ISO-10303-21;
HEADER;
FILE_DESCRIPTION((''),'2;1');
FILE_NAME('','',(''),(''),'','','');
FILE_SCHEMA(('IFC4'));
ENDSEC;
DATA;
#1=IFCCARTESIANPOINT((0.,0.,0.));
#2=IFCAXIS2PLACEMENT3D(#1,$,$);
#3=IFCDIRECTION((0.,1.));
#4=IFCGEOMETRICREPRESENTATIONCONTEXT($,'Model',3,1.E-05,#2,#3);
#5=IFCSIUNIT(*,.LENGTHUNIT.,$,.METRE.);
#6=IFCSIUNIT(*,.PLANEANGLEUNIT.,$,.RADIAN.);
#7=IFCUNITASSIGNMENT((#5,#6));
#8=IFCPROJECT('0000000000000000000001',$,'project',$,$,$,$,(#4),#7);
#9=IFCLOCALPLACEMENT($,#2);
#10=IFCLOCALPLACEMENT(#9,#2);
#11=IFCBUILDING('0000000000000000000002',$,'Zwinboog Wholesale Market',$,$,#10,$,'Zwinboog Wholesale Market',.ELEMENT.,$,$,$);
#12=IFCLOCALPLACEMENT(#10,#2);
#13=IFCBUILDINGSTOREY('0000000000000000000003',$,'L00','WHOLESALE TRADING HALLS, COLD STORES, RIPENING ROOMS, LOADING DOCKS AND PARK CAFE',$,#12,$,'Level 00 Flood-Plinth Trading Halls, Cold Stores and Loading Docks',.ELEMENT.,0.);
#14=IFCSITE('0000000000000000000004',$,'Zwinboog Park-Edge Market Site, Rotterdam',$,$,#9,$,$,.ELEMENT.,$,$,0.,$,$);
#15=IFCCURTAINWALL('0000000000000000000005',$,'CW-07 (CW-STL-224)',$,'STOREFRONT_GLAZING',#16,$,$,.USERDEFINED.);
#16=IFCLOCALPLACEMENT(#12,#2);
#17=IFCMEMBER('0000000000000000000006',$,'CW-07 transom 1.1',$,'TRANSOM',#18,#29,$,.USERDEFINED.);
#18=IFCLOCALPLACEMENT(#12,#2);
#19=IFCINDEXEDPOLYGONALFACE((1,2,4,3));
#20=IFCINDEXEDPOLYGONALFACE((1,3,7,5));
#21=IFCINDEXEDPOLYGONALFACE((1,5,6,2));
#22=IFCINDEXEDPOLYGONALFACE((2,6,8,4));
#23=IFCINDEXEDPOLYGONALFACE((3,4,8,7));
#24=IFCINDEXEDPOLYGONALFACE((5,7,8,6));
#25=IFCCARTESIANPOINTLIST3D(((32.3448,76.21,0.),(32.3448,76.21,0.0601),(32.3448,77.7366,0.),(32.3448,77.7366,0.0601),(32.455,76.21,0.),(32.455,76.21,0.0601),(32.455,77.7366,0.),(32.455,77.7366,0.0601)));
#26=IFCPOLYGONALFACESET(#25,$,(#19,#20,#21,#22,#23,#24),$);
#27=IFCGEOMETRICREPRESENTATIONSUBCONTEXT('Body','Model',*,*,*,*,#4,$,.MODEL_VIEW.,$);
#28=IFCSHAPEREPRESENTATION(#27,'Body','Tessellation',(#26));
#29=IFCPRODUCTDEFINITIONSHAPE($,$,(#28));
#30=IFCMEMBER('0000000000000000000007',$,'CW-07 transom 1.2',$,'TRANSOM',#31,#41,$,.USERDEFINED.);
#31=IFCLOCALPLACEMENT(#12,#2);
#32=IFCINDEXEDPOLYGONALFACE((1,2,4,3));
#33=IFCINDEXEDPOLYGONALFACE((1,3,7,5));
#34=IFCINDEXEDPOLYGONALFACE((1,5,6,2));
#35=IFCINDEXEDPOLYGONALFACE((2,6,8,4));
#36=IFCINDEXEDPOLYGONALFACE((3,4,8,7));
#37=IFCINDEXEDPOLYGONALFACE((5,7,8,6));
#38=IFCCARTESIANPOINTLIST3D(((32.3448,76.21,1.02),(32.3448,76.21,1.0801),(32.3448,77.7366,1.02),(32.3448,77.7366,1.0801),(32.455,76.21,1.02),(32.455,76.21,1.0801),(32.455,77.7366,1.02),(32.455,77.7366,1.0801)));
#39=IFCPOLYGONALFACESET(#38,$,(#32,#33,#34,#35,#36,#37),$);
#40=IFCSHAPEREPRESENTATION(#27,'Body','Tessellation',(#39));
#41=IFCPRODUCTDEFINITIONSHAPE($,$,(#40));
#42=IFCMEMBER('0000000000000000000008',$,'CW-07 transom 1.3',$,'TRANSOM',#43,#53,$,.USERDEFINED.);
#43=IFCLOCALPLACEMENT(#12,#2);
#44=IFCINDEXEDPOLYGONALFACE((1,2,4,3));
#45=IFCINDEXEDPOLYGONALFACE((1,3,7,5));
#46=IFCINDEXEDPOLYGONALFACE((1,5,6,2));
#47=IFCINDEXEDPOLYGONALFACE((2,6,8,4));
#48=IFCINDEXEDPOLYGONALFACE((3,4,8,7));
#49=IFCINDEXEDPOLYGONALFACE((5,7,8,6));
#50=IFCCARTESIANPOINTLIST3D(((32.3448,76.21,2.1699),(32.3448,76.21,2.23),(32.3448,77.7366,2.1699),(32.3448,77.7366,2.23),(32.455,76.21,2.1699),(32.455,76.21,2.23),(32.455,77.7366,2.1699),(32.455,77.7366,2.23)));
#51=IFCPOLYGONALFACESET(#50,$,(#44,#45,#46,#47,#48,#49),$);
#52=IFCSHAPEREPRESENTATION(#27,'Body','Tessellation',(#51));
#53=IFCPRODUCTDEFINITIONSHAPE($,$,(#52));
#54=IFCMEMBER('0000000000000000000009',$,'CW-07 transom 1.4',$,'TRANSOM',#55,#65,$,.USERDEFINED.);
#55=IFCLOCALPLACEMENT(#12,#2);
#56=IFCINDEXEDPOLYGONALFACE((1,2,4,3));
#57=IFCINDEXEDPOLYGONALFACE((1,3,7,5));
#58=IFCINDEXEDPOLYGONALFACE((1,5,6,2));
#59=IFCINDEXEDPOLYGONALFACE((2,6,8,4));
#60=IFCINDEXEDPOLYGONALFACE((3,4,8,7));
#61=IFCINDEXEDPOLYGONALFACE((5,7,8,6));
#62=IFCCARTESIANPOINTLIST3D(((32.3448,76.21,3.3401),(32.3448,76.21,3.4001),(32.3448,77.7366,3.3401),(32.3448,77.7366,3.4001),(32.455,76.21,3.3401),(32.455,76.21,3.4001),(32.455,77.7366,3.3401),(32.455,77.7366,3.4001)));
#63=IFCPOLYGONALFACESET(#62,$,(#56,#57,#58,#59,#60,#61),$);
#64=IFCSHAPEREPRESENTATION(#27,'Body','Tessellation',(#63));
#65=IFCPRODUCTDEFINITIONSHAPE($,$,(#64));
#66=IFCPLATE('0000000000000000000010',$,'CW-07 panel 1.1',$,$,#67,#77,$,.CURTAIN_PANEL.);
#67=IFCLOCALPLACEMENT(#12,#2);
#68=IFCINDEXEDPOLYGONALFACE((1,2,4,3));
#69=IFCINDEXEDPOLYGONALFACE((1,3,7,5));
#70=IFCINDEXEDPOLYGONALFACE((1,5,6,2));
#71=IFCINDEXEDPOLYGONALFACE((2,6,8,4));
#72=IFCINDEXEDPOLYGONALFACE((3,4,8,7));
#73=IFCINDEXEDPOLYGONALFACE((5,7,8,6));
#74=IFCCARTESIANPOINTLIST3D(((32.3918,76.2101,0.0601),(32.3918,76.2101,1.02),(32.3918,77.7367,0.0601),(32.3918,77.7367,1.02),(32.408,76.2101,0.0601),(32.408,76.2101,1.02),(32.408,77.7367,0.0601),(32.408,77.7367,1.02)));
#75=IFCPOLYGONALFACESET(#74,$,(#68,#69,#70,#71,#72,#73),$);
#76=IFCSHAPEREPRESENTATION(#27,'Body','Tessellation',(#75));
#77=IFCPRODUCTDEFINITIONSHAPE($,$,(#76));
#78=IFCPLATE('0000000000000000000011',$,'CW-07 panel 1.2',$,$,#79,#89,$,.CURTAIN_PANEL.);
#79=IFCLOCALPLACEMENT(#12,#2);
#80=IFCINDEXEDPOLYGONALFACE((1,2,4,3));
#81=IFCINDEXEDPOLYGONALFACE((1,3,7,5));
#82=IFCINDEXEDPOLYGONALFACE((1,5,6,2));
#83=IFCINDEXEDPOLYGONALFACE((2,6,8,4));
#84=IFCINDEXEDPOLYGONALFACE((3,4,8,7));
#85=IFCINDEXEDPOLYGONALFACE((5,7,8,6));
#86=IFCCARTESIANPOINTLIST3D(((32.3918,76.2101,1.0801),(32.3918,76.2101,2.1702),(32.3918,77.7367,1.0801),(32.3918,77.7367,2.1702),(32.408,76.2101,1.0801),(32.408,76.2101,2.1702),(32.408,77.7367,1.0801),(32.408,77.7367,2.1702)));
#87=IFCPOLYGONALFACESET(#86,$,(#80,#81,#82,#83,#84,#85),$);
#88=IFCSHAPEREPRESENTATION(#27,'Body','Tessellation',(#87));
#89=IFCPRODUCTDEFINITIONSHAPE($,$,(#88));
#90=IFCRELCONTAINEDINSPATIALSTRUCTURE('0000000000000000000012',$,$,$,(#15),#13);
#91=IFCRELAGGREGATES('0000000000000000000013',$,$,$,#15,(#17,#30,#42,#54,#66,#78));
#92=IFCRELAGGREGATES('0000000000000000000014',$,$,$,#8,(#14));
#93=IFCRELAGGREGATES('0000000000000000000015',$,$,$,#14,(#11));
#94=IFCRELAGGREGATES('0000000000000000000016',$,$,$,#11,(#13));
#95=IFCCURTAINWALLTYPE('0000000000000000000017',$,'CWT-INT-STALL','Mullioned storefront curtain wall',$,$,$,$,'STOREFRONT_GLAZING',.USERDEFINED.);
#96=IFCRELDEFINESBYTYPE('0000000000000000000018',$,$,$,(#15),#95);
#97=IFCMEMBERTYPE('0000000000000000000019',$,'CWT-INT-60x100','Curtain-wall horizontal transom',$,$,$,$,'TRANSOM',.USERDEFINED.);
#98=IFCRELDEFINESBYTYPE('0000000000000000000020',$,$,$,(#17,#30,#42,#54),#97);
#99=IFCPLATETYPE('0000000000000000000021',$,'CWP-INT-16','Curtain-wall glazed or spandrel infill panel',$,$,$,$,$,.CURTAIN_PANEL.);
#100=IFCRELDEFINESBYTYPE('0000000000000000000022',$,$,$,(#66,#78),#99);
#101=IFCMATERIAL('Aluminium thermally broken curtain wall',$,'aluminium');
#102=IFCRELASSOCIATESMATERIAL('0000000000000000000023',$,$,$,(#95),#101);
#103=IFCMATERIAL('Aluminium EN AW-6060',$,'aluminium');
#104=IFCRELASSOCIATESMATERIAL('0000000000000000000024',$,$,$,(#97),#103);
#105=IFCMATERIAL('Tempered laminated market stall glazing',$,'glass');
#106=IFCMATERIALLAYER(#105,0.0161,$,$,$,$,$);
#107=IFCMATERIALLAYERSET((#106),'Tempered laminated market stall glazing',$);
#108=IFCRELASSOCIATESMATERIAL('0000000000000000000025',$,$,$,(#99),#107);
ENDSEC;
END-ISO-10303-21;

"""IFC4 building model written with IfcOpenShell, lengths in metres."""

from ifc_helpers import new_model, si_unit, direction, frame, origin, origin_2d, place, context, subcontext, project, spatial, rectangle, extrude, material, layer, layer_set, material_profile, profile_set, type_object, element, aggregate, save


model = new_model("IFC4")

# Units and contexts
model_context = context("Model", 3, precision=1e-05, world=origin(), true_north=direction((0.0, 1.0)))
body_context = subcontext(model_context, "Body", "Model", "MODEL_VIEW")
ifc_project = project(units=[si_unit("LENGTHUNIT", "METRE"), si_unit("PLANEANGLEUNIT", "RADIAN")], contexts=[model_context])

# Site, building, storey
site_placement = place(None, origin())
site = spatial("IfcSite", under=ifc_project, at=site_placement, Name="Zwinboog Park-Edge Market Site, Rotterdam", CompositionType="ELEMENT", RefElevation=0.0)
building_placement = place(site_placement, origin())
building = spatial("IfcBuilding", under=site, at=building_placement, Name="Zwinboog Wholesale Market", LongName="Zwinboog Wholesale Market", CompositionType="ELEMENT")
storey_placement = place(building_placement, origin())
storey = spatial("IfcBuildingStorey", under=building, at=storey_placement, Name="L00", Description="WHOLESALE TRADING HALLS, COLD STORES, RIPENING ROOMS, LOADING DOCKS AND PARK CAFE", LongName="Level 00 Flood-Plinth Trading Halls, Cold Stores and Loading Docks", CompositionType="ELEMENT", Elevation=0.0)

# Curtain wall, members, plates
ifc_material_1 = material(Name="Aluminium thermally broken curtain wall", Category="aluminium")
curtain_wall_type = type_object("IfcCurtainWallType", Name="CWT-INT-STALL", Description="Mullioned storefront curtain wall", ElementType="STOREFRONT_GLAZING", PredefinedType="USERDEFINED", material=ifc_material_1)
curtain_wall_placement = place(storey_placement, origin())
curtain_wall = element("IfcCurtainWall", 1, at=curtain_wall_placement, inside=storey, type_object=curtain_wall_type, Name="CW-07 (CW-STL-224)", ObjectType="STOREFRONT_GLAZING", PredefinedType="USERDEFINED")
ifc_material_2 = material(Name="Aluminium EN AW-6060", Category="aluminium")
ifc_material_profile_1 = material_profile(ifc_material_2, rectangle(XDim=0.1101, YDim=0.0601, at=origin_2d()), Name="AL 60x110")
ifc_profile_set_1 = profile_set([ifc_material_profile_1], Name="Aluminium EN AW-6060")
member_type_1 = type_object("IfcMemberType", Name="CWT-INT-60x100", Description="Curtain-wall horizontal transom", ElementType="TRANSOM", PredefinedType="USERDEFINED", material=ifc_profile_set_1)
member_1_placement = place(storey_placement, frame((32.3999, 76.21, 0.03), z_axis=(0.0, 1.0, 0.0), x_axis=(-1.0, 0.0, 0.0)))
member_1 = element("IfcMember", 2, at=member_1_placement, type_object=member_type_1, Name="CW-07 transom 1.1", ObjectType="TRANSOM", PredefinedType="USERDEFINED", context=body_context, shape_type="SweptSolid", body=[
    extrude(rectangle(XDim=0.1101, YDim=0.0601, at=origin_2d()), origin(), (0.0, 0.0, 1.0), 1.5266),
])
member_2_placement = place(storey_placement, frame((32.3999, 76.21, 1.05), z_axis=(0.0, 1.0, 0.0), x_axis=(-1.0, 0.0, 0.0)))
member_2 = element("IfcMember", 3, at=member_2_placement, type_object=member_type_1, Name="CW-07 transom 1.2", ObjectType="TRANSOM", PredefinedType="USERDEFINED", context=body_context, shape_type="SweptSolid", body=[
    extrude(rectangle(XDim=0.1101, YDim=0.0601, at=origin_2d()), origin(), (0.0, 0.0, 1.0), 1.5266),
])
member_3_placement = place(storey_placement, frame((32.3999, 76.21, 2.2), z_axis=(0.0, 1.0, 0.0), x_axis=(-1.0, 0.0, 0.0)))
member_3 = element("IfcMember", 4, at=member_3_placement, type_object=member_type_1, Name="CW-07 transom 1.3", ObjectType="TRANSOM", PredefinedType="USERDEFINED", context=body_context, shape_type="SweptSolid", body=[
    extrude(rectangle(XDim=0.1101, YDim=0.0601, at=origin_2d()), origin(), (0.0, 0.0, 1.0), 1.5266),
])
member_4_placement = place(storey_placement, frame((32.3999, 76.21, 3.3701), z_axis=(0.0, 1.0, 0.0), x_axis=(-1.0, 0.0, 0.0)))
member_4 = element("IfcMember", 5, at=member_4_placement, type_object=member_type_1, Name="CW-07 transom 1.4", ObjectType="TRANSOM", PredefinedType="USERDEFINED", context=body_context, shape_type="SweptSolid", body=[
    extrude(rectangle(XDim=0.1101, YDim=0.0601, at=origin_2d()), origin(), (0.0, 0.0, 1.0), 1.5266),
])
ifc_material_3 = material(Name="Tempered laminated market stall glazing", Category="glass")
ifc_layer = layer(ifc_material_3, 0.0161)
ifc_layer_set = layer_set([ifc_layer], Name="Tempered laminated market stall glazing")
plate_type = type_object("IfcPlateType", Name="CWP-INT-16", Description="Curtain-wall glazed or spandrel infill panel", PredefinedType="CURTAIN_PANEL", material=ifc_layer_set)
plate_1_placement = place(storey_placement, frame((32.3999, 76.9734, 0.0601), z_axis=(0.0, 0.0, 1.0), x_axis=(0.0, 1.0, 0.0)))
plate_1 = element("IfcPlate", 6, at=plate_1_placement, type_object=plate_type, Name="CW-07 panel 1.1", PredefinedType="CURTAIN_PANEL", context=body_context, shape_type="SweptSolid", body=[
    extrude(rectangle(XDim=1.5266, YDim=0.0161, at=origin_2d()), origin(), (0.0, 0.0, 1.0), 0.96),
])
plate_2_placement = place(storey_placement, frame((32.3999, 76.9734, 1.0801), z_axis=(0.0, 0.0, 1.0), x_axis=(0.0, 1.0, 0.0)))
plate_2 = element("IfcPlate", 7, at=plate_2_placement, type_object=plate_type, Name="CW-07 panel 1.2", PredefinedType="CURTAIN_PANEL", context=body_context, shape_type="SweptSolid", body=[
    extrude(rectangle(XDim=1.5266, YDim=0.0161, at=origin_2d()), origin(), (0.0, 0.0, 1.0), 1.0901),
])
aggregate(curtain_wall, [member_1, member_2, member_3, member_4, plate_1, plate_2])

save(model, "model.ifc")
